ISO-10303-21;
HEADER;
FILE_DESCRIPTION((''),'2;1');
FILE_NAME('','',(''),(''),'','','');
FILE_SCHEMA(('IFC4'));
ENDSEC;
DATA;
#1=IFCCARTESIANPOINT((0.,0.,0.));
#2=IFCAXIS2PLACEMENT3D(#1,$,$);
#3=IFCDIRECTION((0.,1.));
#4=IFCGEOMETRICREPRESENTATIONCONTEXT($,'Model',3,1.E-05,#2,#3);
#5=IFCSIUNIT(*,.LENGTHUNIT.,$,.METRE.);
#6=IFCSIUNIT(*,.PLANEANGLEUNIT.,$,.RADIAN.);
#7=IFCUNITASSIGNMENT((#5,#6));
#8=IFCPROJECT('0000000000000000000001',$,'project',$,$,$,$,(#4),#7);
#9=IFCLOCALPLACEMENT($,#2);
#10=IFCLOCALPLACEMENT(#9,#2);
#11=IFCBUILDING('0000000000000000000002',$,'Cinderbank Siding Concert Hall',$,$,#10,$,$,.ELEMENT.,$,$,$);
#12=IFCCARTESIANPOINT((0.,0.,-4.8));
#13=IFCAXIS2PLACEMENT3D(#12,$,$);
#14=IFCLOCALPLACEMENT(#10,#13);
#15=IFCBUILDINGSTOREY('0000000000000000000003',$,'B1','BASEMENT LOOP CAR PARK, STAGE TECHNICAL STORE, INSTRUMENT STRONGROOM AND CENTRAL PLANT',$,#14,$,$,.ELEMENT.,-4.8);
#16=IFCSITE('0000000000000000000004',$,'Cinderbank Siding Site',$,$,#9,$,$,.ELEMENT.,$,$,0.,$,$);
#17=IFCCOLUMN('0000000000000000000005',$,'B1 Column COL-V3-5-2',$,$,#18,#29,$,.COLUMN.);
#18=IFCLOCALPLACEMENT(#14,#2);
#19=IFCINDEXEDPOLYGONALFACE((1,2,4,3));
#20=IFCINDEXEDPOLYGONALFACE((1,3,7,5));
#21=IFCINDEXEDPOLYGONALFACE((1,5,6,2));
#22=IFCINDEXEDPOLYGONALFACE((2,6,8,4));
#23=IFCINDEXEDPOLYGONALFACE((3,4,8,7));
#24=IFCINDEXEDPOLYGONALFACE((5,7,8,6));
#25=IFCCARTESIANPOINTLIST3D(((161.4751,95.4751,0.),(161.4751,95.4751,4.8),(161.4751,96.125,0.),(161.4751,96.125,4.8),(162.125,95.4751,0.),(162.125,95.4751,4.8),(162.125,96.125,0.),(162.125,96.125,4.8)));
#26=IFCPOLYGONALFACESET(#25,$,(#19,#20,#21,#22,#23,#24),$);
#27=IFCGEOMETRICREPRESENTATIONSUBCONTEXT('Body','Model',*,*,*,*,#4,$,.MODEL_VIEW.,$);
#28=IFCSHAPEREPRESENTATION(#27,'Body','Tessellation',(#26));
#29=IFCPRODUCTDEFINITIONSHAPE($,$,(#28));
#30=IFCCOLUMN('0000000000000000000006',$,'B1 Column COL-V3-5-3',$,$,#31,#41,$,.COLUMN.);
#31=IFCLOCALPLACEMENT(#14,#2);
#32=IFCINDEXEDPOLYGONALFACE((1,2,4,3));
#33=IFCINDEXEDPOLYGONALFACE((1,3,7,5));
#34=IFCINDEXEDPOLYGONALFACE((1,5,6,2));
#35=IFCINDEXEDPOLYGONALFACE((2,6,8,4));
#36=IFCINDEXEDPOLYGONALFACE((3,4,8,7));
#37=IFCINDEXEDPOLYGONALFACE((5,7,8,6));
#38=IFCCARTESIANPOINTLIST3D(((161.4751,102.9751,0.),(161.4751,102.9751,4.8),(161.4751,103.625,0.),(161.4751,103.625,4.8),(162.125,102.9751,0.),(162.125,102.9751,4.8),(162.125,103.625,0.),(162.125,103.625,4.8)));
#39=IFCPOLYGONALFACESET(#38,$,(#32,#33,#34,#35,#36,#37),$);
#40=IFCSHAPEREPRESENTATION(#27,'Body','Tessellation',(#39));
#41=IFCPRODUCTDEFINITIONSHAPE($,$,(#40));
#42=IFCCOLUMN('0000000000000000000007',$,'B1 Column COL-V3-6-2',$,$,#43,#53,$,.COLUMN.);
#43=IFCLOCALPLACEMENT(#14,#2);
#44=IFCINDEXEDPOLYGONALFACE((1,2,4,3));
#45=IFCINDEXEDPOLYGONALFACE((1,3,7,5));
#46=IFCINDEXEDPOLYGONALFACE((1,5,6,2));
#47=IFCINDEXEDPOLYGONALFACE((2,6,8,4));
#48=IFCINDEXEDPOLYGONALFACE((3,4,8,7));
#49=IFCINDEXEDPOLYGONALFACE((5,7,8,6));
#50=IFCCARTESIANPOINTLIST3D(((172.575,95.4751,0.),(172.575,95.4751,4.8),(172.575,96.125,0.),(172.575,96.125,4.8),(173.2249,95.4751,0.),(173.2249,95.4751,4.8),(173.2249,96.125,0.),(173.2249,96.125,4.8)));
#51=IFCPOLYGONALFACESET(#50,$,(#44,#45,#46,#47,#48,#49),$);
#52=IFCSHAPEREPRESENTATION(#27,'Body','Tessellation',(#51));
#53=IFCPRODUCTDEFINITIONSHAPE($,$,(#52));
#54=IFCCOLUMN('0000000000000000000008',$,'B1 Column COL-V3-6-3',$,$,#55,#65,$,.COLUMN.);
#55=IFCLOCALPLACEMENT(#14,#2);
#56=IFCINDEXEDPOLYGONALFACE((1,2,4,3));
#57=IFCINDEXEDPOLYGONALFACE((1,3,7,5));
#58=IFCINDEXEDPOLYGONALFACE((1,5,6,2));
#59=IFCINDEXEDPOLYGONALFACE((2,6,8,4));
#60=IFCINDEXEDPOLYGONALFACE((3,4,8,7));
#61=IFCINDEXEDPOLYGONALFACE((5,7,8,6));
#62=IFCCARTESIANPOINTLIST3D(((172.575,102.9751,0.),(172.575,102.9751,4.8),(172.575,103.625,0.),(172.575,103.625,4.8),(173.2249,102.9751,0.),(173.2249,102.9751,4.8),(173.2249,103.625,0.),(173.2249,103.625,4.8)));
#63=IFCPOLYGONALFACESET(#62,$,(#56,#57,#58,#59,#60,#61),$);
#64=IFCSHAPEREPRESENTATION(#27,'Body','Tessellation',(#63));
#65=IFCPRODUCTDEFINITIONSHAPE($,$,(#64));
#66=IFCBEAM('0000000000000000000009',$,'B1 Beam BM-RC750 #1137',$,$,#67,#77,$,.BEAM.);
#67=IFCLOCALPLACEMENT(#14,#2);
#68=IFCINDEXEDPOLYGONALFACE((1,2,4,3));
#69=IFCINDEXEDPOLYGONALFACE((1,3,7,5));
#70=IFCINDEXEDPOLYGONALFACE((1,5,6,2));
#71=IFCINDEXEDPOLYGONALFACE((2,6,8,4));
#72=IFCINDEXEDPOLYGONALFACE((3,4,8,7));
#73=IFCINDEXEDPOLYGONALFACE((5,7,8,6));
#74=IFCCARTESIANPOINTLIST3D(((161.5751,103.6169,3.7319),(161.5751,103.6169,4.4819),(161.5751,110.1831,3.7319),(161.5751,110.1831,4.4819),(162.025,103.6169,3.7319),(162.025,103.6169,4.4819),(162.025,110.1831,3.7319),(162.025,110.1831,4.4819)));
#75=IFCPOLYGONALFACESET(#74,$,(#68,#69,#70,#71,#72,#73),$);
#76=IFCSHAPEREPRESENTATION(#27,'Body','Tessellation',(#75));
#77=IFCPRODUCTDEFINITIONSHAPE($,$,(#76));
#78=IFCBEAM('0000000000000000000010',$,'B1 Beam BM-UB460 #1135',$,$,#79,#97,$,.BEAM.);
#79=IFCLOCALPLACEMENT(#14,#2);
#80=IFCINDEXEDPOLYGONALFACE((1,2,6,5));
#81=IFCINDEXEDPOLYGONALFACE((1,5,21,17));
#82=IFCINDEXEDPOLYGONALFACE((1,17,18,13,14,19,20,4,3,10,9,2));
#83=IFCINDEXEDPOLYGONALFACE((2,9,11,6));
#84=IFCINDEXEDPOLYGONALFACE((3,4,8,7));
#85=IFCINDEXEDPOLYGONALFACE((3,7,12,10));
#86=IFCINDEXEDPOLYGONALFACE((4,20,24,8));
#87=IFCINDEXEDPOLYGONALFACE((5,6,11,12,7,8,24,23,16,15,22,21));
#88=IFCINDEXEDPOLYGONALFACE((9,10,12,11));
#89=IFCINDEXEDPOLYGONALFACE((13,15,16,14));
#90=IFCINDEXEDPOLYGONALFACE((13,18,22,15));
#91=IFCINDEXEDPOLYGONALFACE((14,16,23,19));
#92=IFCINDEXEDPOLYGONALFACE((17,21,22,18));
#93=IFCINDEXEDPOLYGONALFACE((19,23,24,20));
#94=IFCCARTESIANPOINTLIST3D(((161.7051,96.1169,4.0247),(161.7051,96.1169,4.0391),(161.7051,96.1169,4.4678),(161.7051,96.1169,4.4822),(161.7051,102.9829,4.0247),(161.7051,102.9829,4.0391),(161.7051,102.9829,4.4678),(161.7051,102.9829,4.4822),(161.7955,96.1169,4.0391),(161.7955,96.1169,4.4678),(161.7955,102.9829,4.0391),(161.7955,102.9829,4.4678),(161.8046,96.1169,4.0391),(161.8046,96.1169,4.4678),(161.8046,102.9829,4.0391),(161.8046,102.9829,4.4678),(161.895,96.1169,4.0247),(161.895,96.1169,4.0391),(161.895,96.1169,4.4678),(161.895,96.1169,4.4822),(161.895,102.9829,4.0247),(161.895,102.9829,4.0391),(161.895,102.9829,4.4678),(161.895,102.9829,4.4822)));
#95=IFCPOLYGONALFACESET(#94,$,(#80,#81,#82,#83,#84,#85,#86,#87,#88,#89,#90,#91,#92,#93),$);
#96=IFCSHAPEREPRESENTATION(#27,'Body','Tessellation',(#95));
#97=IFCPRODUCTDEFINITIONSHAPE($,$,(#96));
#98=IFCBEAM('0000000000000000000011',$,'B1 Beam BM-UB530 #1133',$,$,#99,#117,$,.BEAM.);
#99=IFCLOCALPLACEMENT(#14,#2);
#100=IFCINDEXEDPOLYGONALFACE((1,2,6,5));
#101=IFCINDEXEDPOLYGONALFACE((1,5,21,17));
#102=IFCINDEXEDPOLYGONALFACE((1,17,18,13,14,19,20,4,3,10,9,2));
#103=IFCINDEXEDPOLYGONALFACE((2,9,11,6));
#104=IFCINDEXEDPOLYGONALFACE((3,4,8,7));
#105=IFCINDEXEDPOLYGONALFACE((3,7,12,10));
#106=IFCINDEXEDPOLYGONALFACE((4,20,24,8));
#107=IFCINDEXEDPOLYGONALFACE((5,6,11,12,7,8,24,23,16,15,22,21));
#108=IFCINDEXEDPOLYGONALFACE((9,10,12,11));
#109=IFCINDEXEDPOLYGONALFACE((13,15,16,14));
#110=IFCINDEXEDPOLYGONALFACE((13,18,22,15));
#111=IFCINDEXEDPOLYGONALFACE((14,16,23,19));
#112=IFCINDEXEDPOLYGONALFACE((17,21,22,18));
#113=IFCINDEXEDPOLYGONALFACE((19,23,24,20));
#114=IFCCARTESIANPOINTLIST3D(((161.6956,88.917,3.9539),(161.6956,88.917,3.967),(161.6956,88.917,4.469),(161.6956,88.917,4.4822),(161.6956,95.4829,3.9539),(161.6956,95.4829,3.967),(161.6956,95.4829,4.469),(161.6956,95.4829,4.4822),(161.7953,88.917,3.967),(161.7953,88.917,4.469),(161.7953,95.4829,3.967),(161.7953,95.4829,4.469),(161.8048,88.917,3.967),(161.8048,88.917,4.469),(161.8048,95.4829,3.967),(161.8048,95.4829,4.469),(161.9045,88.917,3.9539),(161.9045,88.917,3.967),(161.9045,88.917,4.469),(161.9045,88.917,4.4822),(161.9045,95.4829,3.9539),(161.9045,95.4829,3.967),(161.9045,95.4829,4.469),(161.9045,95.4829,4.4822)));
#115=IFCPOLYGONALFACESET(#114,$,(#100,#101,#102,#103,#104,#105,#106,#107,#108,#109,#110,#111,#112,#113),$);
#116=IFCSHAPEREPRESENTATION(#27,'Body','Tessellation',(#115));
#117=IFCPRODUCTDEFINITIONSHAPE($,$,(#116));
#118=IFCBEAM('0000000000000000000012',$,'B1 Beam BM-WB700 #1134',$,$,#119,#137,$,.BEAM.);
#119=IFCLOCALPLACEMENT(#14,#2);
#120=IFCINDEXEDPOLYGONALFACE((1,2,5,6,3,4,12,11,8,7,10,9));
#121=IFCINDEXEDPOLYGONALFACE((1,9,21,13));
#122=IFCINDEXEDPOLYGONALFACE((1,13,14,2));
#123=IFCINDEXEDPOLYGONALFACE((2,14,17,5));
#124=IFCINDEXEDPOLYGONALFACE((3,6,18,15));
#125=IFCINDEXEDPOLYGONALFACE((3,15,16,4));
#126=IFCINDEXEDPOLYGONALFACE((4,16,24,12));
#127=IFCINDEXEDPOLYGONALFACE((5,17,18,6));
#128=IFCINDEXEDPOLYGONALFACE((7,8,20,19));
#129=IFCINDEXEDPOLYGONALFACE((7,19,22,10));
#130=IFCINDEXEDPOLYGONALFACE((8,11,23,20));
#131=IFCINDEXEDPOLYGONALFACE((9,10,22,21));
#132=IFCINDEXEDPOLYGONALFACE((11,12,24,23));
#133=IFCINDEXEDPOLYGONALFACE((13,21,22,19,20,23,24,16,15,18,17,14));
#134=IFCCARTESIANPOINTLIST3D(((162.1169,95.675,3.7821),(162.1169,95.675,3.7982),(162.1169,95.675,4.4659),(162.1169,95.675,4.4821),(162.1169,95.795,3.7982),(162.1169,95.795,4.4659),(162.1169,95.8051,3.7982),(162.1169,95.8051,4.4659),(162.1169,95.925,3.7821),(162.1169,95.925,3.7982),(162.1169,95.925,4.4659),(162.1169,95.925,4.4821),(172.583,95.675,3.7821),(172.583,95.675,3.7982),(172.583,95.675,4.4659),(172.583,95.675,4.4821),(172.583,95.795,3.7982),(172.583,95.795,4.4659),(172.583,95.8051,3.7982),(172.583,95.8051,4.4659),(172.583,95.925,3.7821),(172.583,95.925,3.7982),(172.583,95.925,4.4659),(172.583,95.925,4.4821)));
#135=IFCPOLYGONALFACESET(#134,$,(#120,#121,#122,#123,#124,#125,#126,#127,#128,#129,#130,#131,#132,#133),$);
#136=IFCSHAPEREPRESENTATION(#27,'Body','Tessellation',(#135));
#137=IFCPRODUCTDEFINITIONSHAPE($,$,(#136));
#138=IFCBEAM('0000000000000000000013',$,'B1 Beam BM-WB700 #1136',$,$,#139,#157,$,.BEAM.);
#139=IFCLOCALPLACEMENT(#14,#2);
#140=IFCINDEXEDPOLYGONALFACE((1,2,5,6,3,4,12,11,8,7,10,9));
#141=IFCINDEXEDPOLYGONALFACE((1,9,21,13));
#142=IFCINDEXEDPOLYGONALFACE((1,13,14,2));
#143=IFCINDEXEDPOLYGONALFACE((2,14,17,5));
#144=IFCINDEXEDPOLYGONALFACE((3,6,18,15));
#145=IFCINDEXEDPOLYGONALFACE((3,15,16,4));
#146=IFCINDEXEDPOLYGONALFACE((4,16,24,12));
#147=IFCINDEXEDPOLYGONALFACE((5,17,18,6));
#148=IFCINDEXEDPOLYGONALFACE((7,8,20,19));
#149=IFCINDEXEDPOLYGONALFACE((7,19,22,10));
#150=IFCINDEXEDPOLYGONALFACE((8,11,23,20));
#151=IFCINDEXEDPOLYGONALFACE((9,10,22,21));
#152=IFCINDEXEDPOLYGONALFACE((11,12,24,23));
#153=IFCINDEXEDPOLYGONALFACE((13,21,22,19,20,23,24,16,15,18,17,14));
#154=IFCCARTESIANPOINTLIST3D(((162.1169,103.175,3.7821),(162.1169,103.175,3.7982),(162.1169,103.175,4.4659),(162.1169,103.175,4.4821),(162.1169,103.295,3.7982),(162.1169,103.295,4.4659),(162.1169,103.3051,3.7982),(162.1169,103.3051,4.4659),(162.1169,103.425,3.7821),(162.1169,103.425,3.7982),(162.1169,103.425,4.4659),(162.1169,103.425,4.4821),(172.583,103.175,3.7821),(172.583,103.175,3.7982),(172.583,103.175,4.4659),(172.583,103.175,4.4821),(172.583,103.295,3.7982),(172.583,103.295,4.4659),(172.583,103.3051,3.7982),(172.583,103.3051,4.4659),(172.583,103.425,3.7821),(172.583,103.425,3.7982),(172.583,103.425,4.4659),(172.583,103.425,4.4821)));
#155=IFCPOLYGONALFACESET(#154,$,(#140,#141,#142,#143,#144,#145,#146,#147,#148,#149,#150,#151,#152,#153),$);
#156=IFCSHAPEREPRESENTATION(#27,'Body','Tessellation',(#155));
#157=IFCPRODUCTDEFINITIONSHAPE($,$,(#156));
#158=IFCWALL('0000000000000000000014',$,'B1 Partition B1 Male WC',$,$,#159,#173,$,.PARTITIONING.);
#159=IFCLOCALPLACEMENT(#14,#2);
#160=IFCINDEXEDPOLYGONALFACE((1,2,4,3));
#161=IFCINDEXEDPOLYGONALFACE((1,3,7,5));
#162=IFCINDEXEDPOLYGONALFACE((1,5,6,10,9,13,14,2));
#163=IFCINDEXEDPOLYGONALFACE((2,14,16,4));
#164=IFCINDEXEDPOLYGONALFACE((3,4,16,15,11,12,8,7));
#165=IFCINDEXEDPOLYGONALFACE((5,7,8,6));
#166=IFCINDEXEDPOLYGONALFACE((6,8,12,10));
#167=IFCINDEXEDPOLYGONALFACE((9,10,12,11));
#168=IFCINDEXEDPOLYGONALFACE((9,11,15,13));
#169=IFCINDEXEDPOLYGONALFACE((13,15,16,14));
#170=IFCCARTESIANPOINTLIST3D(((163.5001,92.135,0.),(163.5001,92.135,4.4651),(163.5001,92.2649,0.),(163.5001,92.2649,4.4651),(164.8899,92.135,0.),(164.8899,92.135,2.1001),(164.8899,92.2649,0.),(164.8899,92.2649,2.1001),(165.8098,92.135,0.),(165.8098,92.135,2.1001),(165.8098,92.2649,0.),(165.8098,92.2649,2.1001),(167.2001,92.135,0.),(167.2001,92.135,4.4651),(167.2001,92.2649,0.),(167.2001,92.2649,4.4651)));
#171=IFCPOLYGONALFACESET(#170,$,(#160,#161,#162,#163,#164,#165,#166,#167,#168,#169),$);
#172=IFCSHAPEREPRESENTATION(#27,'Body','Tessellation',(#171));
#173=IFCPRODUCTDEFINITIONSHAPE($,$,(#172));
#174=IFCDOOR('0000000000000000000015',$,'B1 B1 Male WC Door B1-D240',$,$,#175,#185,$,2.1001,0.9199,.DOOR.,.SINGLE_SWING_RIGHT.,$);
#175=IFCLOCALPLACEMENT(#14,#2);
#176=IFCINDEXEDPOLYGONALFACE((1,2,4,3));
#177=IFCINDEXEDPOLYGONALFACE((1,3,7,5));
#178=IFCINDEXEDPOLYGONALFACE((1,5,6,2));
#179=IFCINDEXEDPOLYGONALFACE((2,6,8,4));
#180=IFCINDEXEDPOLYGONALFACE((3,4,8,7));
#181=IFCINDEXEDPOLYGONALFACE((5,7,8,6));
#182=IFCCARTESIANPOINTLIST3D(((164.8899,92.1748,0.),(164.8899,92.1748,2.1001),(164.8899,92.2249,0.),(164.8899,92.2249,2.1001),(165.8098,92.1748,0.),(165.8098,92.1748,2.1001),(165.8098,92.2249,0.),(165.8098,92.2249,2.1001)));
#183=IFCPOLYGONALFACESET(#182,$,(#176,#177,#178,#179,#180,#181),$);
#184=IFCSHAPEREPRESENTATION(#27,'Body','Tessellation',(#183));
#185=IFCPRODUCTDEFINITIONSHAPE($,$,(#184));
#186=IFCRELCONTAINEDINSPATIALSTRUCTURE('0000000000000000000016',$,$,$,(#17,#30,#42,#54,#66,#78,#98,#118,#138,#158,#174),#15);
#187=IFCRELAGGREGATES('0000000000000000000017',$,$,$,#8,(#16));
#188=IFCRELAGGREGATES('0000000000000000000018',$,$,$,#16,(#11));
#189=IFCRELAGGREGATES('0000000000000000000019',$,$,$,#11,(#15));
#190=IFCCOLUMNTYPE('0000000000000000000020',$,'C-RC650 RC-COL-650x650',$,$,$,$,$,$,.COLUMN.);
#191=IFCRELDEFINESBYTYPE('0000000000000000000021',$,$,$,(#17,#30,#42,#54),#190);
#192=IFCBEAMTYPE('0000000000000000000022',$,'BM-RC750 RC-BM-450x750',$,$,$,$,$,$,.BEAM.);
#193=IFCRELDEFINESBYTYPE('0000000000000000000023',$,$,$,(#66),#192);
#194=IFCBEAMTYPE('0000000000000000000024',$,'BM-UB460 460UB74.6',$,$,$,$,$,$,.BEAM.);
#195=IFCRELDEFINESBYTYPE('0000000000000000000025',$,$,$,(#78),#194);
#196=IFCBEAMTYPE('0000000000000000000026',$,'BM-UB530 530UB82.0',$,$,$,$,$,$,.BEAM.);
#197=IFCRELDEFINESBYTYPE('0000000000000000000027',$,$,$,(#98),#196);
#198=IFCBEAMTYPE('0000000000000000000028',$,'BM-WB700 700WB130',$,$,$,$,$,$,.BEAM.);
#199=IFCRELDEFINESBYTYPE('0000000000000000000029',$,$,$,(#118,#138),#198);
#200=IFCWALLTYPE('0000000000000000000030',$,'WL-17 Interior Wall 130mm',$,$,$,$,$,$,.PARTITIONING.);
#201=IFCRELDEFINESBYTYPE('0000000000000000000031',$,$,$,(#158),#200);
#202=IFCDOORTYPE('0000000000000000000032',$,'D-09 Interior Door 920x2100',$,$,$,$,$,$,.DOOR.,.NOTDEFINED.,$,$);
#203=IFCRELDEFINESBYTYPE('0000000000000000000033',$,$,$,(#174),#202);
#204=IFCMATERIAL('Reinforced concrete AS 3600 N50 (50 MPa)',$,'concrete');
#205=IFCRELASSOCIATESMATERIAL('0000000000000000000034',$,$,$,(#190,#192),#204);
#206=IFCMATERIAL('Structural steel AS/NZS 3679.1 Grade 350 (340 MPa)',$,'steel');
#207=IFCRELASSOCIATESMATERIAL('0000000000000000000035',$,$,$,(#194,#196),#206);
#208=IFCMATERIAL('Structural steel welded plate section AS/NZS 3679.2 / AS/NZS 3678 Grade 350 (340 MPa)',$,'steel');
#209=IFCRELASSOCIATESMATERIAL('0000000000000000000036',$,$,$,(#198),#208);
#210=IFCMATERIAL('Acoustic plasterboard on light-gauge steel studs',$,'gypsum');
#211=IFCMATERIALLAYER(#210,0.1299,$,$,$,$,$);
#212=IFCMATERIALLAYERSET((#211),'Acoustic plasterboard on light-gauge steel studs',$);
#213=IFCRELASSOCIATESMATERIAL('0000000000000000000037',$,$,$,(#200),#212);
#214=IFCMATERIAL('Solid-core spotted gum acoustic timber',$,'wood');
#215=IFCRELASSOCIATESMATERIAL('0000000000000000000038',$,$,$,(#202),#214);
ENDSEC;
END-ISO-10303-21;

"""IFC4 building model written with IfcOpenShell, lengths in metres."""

from ifc_helpers import new_model, si_unit, direction, frame, frame_2d, origin, origin_2d, place, context, subcontext, project, spatial, rectangle, i_section, extrude, material, layer, layer_set, material_profile, profile_set, type_object, element, fill, save


model = new_model("IFC4")

# Units and contexts
model_context = context("Model", 3, precision=1e-05, world=origin(), true_north=direction((0.0, 1.0)))
body_context = subcontext(model_context, "Body", "Model", "MODEL_VIEW")
ifc_project = project(units=[si_unit("LENGTHUNIT", "METRE"), si_unit("PLANEANGLEUNIT", "RADIAN")], contexts=[model_context])

# Site, building, storey
site_placement = place(None, origin())
site = spatial("IfcSite", under=ifc_project, at=site_placement, Name="Cinderbank Siding Site", CompositionType="ELEMENT", RefElevation=0.0)
building_placement = place(site_placement, origin())
building = spatial("IfcBuilding", under=site, at=building_placement, Name="Cinderbank Siding Concert Hall", CompositionType="ELEMENT")
storey_placement = place(building_placement, frame((0.0, 0.0, -4.8)))
storey = spatial("IfcBuildingStorey", under=building, at=storey_placement, Name="B1", Description="BASEMENT LOOP CAR PARK, STAGE TECHNICAL STORE, INSTRUMENT STRONGROOM AND CENTRAL PLANT", CompositionType="ELEMENT", Elevation=-4.8)

# Columns
ifc_material_1 = material(Name="Reinforced concrete AS 3600 N50 (50 MPa)", Category="concrete")
ifc_material_profile_1 = material_profile(ifc_material_1, rectangle(XDim=0.6499, YDim=0.6499, at=origin_2d()), Name="RC-COL-650x650", Category="LoadBearing")
ifc_profile_set_1 = profile_set([ifc_material_profile_1], Name="Reinforced concrete AS 3600 N50 (50 MPa)")
column_type = type_object("IfcColumnType", Name="C-RC650 RC-COL-650x650", PredefinedType="COLUMN", material=ifc_profile_set_1)
for number, where, z_axis, x_axis, name in (
    (1, (161.8, 95.8, 0.0), (0.0, 0.0, 1.0), (1.0, 0.0, 0.0), "B1 Column COL-V3-5-2"),
    (2, (161.8, 103.3, 0.0), (0.0, 0.0, 1.0), (1.0, 0.0, 0.0), "B1 Column COL-V3-5-3"),
    (3, (172.8999, 95.8, 0.0), (0.0, 0.0, 1.0), (1.0, 0.0, 0.0), "B1 Column COL-V3-6-2"),
    (4, (172.8999, 103.3, 0.0), (0.0, 0.0, 1.0), (1.0, 0.0, 0.0), "B1 Column COL-V3-6-3"),
):
    element("IfcColumn", number, at=place(storey_placement, frame(where, z_axis=z_axis, x_axis=x_axis)), inside=storey, type_object=column_type, Name=name, PredefinedType="COLUMN", context=body_context, shape_type="SweptSolid", body=[
        extrude(rectangle(XDim=0.6499, YDim=0.6499, at=origin_2d()), origin(), (0.0, 0.0, 1.0), 4.8),
    ])

# Beams
ifc_material_profile_2 = material_profile(ifc_material_1, rectangle(XDim=0.45, YDim=0.75, at=origin_2d()), Name="RC-BM-450x750", Category="LoadBearing")
ifc_profile_set_2 = profile_set([ifc_material_profile_2], Name="Reinforced concrete AS 3600 N50 (50 MPa)")
beam_type_1 = type_object("IfcBeamType", Name="BM-RC750 RC-BM-450x750", PredefinedType="BEAM", material=ifc_profile_set_2)
beam_1_placement = place(storey_placement, frame((161.8, 103.6169, 4.1069), z_axis=(0.0, 1.0, 0.0), x_axis=(-1.0, 0.0, 0.0)))
element("IfcBeam", 5, at=beam_1_placement, inside=storey, type_object=beam_type_1, Name="B1 Beam BM-RC750 #1137", PredefinedType="BEAM", context=body_context, shape_type="SweptSolid", body=[
    extrude(rectangle(XDim=0.45, YDim=0.75, at=origin_2d()), origin(), (0.0, 0.0, 1.0), 6.5662),
])
ifc_material_2 = material(Name="Structural steel AS/NZS 3679.1 Grade 350 (340 MPa)", Category="steel")
ifc_material_profile_3 = material_profile(ifc_material_2, i_section(OverallWidth=0.1899, OverallDepth=0.4575, WebThickness=0.009, FlangeThickness=0.0144, at=origin_2d()), Name="460UB74.6", Category="LoadBearing")
ifc_profile_set_3 = profile_set([ifc_material_profile_3], Name="Structural steel AS/NZS 3679.1 Grade 350 (340 MPa)")
beam_type_2 = type_object("IfcBeamType", Name="BM-UB460 460UB74.6", PredefinedType="BEAM", material=ifc_profile_set_3)
beam_2_placement = place(storey_placement, frame((161.8, 96.1169, 4.2534), z_axis=(0.0, 1.0, 0.0), x_axis=(-1.0, 0.0, 0.0)))
element("IfcBeam", 6, at=beam_2_placement, inside=storey, type_object=beam_type_2, Name="B1 Beam BM-UB460 #1135", PredefinedType="BEAM", context=body_context, shape_type="SweptSolid", body=[
    extrude(i_section(OverallWidth=0.1899, OverallDepth=0.4575, WebThickness=0.009, FlangeThickness=0.0144, at=origin_2d()), origin(), (0.0, 0.0, 1.0), 6.866),
])
ifc_material_profile_4 = material_profile(ifc_material_2, i_section(OverallWidth=0.209, OverallDepth=0.5283, WebThickness=0.0095, FlangeThickness=0.0132, at=origin_2d()), Name="530UB82.0", Category="LoadBearing")
ifc_profile_set_4 = profile_set([ifc_material_profile_4], Name="Structural steel AS/NZS 3679.1 Grade 350 (340 MPa)")
beam_type_3 = type_object("IfcBeamType", Name="BM-UB530 530UB82.0", PredefinedType="BEAM", material=ifc_profile_set_4)
beam_3_placement = place(storey_placement, frame((161.8, 88.917, 4.218), z_axis=(0.0, 1.0, 0.0), x_axis=(-1.0, 0.0, 0.0)))
element("IfcBeam", 7, at=beam_3_placement, inside=storey, type_object=beam_type_3, Name="B1 Beam BM-UB530 #1133", PredefinedType="BEAM", context=body_context, shape_type="SweptSolid", body=[
    extrude(i_section(OverallWidth=0.209, OverallDepth=0.5283, WebThickness=0.0095, FlangeThickness=0.0132, at=origin_2d()), origin(), (0.0, 0.0, 1.0), 6.5659),
])
ifc_material_3 = material(Name="Structural steel welded plate section AS/NZS 3679.2 / AS/NZS 3678 Grade 350 (340 MPa)", Category="steel")
ifc_material_profile_5 = material_profile(ifc_material_3, i_section(OverallWidth=0.25, OverallDepth=0.7, WebThickness=0.01, FlangeThickness=0.0161, at=origin_2d()), Name="700WB130", Category="LoadBearing")
ifc_profile_set_5 = profile_set([ifc_material_profile_5], Name="Structural steel welded plate section AS/NZS 3679.2 / AS/NZS 3678 Grade 350 (340 MPa)")
beam_type_4 = type_object("IfcBeamType", Name="BM-WB700 700WB130", PredefinedType="BEAM", material=ifc_profile_set_5)
for number, where, z_axis, x_axis, name in (
    (8, (162.1169, 95.8, 4.1321), (1.0, 0.0, 0.0), (0.0, 1.0, 0.0), "B1 Beam BM-WB700 #1134"),
    (9, (162.1169, 103.3, 4.1321), (1.0, 0.0, 0.0), (0.0, 1.0, 0.0), "B1 Beam BM-WB700 #1136"),
):
    element("IfcBeam", number, at=place(storey_placement, frame(where, z_axis=z_axis, x_axis=x_axis)), inside=storey, type_object=beam_type_4, Name=name, PredefinedType="BEAM", context=body_context, shape_type="SweptSolid", body=[
        extrude(i_section(OverallWidth=0.25, OverallDepth=0.7, WebThickness=0.01, FlangeThickness=0.0161, at=origin_2d()), origin(), (0.0, 0.0, 1.0), 10.4661),
    ])

# Wall, opening, door
ifc_material_4 = material(Name="Acoustic plasterboard on light-gauge steel studs", Category="gypsum")
ifc_layer_1 = layer(ifc_material_4, 0.1299)
ifc_layer_set_1 = layer_set([ifc_layer_1], Name="Acoustic plasterboard on light-gauge steel studs")
wall_type = type_object("IfcWallType", Name="WL-17 Interior Wall 130mm", PredefinedType="PARTITIONING", material=ifc_layer_set_1)
wall_1_placement = place(storey_placement, frame((163.5, 92.2, 0.0), z_axis=(0.0, 0.0, 1.0), x_axis=(1.0, 0.0, 0.0)))
wall_1 = element("IfcWall", 10, at=wall_1_placement, inside=storey, type_object=wall_type, Name="B1 Partition B1 Male WC", PredefinedType="PARTITIONING", context=body_context, shape_type="SweptSolid", body=[
    extrude(rectangle(XDim=3.7, YDim=0.1299, at=frame_2d((1.8501, 0.0))), origin(), (0.0, 0.0, 1.0), 4.4651),
])
opening_1_placement = place(wall_1_placement, frame((1.3899, 0.0, 0.0)))
opening_1 = element("IfcOpeningElement", 11, at=opening_1_placement, cuts=wall_1, PredefinedType="OPENING", context=body_context, shape_type="SweptSolid", body=[
    extrude(rectangle(XDim=0.9199, YDim=2.1001, at=frame_2d((0.46, 1.05))), frame((0.0, 0.0769, 0.0), z_axis=(0.0, -1.0, 0.0), x_axis=(1.0, 0.0, 0.0)), (0.0, 0.0, 1.0), 0.1538),
])
ifc_material_5 = material(Name="Solid-core spotted gum acoustic timber", Category="wood")
door_type_1 = type_object("IfcDoorType", Name="D-09 Interior Door 920x2100", OperationType="NOTDEFINED", PredefinedType="DOOR", material=ifc_material_5)
door_1_placement = place(opening_1_placement, origin())
door_1 = element("IfcDoor", 12, at=door_1_placement, inside=storey, type_object=door_type_1, Name="B1 B1 Male WC Door B1-D240", OperationType="SINGLE_SWING_RIGHT", OverallHeight=2.1001, OverallWidth=0.9199, PredefinedType="DOOR", context=body_context, shape_type="SweptSolid", body=[
    extrude(rectangle(XDim=0.9199, YDim=2.1001, at=frame_2d((0.46, 1.05))), frame((0.0, 0.0249, 0.0), z_axis=(0.0, -1.0, 0.0), x_axis=(1.0, 0.0, 0.0)), (0.0, 0.0, 1.0), 0.05),
])
fill(opening_1, door_1)

save(model, "model.ifc")
